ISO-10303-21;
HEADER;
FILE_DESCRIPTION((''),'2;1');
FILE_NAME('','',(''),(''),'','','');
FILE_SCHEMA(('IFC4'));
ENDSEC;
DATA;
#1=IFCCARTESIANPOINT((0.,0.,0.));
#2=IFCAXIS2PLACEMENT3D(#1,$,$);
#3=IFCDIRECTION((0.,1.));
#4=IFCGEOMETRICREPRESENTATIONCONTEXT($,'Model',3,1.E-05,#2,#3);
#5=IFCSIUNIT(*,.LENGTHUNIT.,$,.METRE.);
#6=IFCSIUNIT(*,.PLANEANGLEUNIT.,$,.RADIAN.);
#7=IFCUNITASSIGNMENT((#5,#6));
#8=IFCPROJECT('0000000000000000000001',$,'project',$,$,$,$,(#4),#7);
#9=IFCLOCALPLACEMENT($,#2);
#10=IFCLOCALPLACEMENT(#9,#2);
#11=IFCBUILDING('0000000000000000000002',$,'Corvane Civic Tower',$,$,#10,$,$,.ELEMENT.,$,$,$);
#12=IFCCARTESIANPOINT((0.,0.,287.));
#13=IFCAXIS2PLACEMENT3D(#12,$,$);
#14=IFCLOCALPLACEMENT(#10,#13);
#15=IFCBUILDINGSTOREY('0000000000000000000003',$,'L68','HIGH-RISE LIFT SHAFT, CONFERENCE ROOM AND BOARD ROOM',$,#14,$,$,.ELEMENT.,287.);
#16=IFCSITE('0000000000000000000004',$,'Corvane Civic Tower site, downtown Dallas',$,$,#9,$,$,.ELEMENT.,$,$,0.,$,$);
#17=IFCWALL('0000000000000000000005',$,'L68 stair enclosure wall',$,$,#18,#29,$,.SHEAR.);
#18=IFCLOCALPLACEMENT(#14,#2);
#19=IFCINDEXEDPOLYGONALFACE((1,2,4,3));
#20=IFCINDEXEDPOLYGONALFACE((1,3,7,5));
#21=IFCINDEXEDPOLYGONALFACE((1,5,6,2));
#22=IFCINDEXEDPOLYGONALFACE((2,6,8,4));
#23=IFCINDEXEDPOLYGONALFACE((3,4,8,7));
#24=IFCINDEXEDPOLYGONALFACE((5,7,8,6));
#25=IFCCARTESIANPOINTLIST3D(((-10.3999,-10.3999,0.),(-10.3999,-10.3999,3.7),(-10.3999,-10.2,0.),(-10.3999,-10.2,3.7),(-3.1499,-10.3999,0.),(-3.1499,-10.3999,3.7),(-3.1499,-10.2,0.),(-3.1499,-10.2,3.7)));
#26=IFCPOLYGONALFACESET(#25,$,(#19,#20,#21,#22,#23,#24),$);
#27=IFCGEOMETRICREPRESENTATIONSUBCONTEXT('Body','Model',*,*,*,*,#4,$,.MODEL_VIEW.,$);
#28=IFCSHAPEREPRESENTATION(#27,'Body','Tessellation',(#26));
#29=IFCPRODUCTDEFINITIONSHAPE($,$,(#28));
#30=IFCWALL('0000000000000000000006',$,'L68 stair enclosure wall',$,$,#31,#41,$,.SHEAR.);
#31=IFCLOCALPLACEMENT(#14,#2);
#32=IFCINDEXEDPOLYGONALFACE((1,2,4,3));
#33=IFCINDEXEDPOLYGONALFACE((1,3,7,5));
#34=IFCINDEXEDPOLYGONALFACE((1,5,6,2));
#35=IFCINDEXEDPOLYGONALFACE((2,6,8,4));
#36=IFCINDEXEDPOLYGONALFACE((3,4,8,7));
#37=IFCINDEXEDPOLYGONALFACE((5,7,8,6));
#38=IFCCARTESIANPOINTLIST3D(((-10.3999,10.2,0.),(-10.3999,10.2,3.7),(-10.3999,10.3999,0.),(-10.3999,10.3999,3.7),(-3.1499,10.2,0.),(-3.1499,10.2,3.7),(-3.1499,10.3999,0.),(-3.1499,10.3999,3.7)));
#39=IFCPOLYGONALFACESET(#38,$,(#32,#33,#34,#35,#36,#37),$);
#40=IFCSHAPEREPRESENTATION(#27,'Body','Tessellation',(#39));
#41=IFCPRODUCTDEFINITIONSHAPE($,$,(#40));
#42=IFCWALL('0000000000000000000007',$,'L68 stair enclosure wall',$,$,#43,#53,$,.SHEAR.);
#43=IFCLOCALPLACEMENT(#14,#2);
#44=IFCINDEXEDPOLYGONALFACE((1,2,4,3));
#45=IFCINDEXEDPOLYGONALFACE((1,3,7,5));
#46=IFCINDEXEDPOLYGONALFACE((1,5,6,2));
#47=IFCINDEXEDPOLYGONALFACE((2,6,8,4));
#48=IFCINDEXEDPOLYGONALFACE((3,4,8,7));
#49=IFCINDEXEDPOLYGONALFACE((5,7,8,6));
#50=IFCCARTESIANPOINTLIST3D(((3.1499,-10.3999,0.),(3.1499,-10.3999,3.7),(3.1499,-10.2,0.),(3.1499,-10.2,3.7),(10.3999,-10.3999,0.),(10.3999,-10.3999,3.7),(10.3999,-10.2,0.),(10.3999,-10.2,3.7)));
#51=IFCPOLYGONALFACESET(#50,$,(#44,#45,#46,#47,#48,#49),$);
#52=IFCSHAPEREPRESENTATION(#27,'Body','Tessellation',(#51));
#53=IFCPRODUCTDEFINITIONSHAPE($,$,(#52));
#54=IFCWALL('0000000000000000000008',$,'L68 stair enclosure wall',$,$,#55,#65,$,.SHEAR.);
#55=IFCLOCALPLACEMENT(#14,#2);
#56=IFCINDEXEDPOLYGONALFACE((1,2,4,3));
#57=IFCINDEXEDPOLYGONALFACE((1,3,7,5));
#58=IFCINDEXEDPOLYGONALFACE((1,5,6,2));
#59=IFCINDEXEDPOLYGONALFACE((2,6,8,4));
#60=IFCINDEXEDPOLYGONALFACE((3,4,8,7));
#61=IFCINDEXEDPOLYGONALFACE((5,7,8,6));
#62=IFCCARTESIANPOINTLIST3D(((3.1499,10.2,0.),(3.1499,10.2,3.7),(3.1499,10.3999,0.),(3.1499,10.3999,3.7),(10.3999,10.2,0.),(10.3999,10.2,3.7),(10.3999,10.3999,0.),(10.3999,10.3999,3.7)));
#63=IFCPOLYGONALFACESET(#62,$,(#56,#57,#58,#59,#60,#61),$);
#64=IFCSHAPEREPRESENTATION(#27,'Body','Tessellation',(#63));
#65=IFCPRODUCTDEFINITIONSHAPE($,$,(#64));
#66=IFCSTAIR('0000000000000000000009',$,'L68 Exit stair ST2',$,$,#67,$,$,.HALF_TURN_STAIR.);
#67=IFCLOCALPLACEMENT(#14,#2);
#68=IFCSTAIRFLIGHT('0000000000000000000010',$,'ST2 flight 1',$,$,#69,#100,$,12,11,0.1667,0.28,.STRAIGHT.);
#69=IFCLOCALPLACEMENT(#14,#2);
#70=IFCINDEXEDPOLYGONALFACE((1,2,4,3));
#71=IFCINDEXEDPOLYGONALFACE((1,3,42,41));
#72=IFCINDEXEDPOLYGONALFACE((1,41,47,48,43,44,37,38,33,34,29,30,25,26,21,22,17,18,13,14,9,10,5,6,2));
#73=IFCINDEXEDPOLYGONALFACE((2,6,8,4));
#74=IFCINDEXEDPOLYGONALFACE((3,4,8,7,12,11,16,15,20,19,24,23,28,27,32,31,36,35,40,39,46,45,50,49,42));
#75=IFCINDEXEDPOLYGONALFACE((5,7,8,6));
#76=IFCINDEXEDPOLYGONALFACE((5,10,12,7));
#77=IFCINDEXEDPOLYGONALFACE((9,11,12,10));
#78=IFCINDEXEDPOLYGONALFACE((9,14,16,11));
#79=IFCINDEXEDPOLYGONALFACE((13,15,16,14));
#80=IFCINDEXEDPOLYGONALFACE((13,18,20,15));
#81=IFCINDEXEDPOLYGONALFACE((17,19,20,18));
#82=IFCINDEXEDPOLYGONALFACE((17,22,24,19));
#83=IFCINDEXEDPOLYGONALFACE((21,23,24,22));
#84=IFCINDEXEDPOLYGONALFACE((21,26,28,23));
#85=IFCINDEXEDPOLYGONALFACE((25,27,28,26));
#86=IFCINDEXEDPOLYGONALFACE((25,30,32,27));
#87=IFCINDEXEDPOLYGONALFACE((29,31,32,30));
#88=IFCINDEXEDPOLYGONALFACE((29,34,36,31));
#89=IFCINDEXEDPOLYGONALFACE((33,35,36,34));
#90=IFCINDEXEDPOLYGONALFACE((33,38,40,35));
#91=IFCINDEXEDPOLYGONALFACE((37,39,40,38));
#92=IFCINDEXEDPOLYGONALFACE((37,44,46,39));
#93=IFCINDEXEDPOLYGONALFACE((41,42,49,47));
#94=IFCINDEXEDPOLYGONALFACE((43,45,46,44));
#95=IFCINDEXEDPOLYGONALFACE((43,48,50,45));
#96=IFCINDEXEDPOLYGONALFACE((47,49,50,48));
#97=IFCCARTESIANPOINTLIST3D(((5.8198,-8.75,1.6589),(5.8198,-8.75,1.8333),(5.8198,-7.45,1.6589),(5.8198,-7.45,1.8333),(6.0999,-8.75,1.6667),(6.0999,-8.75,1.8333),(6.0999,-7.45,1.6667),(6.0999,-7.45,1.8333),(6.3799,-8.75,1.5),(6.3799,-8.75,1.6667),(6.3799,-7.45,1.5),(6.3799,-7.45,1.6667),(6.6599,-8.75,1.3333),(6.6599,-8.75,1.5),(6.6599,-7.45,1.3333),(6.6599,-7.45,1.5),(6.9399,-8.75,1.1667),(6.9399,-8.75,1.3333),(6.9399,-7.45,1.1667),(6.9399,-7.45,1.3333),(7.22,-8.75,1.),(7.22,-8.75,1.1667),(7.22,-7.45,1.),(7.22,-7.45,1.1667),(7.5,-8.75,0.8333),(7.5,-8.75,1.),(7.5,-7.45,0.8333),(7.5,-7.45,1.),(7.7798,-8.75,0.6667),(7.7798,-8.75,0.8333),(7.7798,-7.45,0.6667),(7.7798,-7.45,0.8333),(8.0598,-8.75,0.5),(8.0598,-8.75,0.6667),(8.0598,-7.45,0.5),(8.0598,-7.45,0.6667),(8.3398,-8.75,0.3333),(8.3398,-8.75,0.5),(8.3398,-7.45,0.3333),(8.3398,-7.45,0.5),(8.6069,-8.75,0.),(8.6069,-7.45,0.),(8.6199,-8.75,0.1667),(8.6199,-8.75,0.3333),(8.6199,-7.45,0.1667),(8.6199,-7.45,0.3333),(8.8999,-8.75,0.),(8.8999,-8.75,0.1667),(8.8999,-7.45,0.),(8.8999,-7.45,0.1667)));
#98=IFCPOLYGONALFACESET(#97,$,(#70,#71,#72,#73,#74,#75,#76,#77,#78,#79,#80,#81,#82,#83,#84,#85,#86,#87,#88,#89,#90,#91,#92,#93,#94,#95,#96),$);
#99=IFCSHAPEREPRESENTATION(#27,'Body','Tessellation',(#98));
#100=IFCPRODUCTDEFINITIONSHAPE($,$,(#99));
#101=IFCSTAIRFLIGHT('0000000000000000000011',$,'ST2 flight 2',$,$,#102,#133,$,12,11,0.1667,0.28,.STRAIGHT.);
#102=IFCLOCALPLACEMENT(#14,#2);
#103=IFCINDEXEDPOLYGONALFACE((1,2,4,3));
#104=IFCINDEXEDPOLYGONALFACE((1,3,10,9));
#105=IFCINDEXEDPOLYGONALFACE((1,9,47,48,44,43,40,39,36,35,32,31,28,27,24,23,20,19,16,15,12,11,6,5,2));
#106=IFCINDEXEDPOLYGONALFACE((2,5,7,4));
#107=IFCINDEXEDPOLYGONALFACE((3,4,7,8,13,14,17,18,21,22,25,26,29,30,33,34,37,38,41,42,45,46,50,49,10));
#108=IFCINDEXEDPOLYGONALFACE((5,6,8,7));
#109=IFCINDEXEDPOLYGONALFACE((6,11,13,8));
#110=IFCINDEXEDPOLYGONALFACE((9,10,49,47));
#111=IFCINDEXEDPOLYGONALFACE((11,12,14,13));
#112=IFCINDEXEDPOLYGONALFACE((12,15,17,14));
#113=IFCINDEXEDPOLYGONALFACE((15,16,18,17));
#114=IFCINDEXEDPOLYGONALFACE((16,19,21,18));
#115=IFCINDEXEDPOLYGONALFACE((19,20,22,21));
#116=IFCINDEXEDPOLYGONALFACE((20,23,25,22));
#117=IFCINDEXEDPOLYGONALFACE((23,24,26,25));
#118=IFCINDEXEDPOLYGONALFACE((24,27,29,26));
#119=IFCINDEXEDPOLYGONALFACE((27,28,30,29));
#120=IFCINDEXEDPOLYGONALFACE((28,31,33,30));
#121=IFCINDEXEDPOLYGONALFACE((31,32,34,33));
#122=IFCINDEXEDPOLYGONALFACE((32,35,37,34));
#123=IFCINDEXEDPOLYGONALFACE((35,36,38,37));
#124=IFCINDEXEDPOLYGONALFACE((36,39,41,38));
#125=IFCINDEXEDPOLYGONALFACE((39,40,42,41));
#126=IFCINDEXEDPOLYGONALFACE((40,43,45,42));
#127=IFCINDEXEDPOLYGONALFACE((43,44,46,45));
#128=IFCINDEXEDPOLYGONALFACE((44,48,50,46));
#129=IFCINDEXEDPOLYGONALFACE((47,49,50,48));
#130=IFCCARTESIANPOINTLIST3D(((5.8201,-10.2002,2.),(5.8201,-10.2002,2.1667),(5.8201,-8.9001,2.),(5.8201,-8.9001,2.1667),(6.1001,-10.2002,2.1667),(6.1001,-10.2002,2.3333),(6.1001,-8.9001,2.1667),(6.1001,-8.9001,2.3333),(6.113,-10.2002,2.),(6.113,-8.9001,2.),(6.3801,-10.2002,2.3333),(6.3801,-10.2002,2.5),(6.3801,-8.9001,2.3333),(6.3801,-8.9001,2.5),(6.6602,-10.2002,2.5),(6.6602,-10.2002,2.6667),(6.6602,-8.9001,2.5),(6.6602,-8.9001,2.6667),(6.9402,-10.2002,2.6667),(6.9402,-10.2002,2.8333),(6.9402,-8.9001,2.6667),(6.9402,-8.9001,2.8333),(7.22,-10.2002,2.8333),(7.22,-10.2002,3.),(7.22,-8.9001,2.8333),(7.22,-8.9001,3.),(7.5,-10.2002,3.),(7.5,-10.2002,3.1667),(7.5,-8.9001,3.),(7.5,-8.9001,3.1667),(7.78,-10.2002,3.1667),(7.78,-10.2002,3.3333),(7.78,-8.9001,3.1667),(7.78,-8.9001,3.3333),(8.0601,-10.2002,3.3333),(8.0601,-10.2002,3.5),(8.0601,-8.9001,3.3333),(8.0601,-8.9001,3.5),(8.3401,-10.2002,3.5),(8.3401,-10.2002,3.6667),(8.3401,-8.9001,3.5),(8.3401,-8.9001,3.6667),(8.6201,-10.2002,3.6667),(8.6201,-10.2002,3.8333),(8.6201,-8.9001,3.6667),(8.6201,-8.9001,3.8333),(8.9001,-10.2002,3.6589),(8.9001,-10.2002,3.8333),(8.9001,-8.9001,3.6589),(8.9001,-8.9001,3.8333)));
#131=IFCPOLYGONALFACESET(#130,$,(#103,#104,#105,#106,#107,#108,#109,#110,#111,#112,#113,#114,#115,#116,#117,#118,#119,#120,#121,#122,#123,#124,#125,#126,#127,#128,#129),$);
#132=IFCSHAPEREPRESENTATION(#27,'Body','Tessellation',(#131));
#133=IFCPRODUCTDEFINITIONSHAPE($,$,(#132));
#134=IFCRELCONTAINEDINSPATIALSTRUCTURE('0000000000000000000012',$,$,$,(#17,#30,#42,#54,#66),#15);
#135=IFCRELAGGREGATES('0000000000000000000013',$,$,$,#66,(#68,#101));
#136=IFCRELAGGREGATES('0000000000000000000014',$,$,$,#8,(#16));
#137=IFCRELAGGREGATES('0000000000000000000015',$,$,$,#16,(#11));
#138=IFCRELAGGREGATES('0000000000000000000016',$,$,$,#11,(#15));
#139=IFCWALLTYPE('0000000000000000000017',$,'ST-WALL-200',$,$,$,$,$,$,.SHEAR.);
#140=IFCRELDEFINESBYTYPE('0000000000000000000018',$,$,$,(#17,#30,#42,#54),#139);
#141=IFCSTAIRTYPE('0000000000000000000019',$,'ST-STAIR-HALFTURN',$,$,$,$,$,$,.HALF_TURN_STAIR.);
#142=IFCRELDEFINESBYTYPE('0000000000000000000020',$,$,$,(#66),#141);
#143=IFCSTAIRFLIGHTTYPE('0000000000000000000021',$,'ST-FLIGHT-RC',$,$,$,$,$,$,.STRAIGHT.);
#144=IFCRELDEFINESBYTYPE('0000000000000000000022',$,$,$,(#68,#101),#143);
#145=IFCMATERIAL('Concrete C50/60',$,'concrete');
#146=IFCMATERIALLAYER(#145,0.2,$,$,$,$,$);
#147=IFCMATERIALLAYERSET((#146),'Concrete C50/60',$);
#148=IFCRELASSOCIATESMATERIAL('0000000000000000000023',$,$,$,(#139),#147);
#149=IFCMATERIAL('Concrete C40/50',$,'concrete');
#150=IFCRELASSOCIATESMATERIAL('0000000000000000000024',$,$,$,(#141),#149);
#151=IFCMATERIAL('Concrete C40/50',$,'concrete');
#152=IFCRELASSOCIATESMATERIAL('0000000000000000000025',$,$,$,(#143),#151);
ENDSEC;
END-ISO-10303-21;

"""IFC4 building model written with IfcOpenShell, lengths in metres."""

from ifc_helpers import new_model, si_unit, direction, frame, origin, place, context, subcontext, project, spatial, polyline, outline, extrude, material, layer, layer_set, type_object, element, aggregate, save


model = new_model("IFC4")

# Units and contexts
model_context = context("Model", 3, precision=1e-05, world=origin(), true_north=direction((0.0, 1.0)))
body_context = subcontext(model_context, "Body", "Model", "MODEL_VIEW")
ifc_project = project(units=[si_unit("LENGTHUNIT", "METRE"), si_unit("PLANEANGLEUNIT", "RADIAN")], contexts=[model_context])

# Site, building, storey
site_placement = place(None, origin())
site = spatial("IfcSite", under=ifc_project, at=site_placement, Name="Corvane Civic Tower site, downtown Dallas", CompositionType="ELEMENT", RefElevation=0.0)
building_placement = place(site_placement, origin())
building = spatial("IfcBuilding", under=site, at=building_placement, Name="Corvane Civic Tower", CompositionType="ELEMENT")
storey_placement = place(building_placement, frame((0.0, 0.0, 287.0)))
storey = spatial("IfcBuildingStorey", under=building, at=storey_placement, Name="L68", Description="HIGH-RISE LIFT SHAFT, CONFERENCE ROOM AND BOARD ROOM", CompositionType="ELEMENT", Elevation=287.0)

# Shared definitions
ifc_material_1 = material(Name="Concrete C50/60", Category="concrete")
ifc_layer_1 = layer(ifc_material_1, 0.2)
ifc_layer_set_1 = layer_set([ifc_layer_1], Name="Concrete C50/60")
wall_type_1 = type_object("IfcWallType", Name="ST-WALL-200", PredefinedType="SHEAR", material=ifc_layer_set_1)

# Walls
wall_1_placement = place(storey_placement, origin())
element("IfcWall", 1, at=wall_1_placement, inside=storey, type_object=wall_type_1, Name="L68 stair enclosure wall", PredefinedType="SHEAR", context=body_context, shape_type="SweptSolid", body=[
    extrude(outline(polyline([(-3.1499, -10.2), (-3.1499, -10.3999), (-10.3999, -10.3999), (-10.3999, -10.2), (-3.1499, -10.2)])), origin(), (0.0, 0.0, 1.0), 3.7),
])
wall_2_placement = place(storey_placement, origin())
element("IfcWall", 2, at=wall_2_placement, inside=storey, type_object=wall_type_1, Name="L68 stair enclosure wall", PredefinedType="SHEAR", context=body_context, shape_type="SweptSolid", body=[
    extrude(outline(polyline([(-3.1499, 10.2), (-10.3999, 10.2), (-10.3999, 10.3999), (-3.1499, 10.3999), (-3.1499, 10.2)])), origin(), (0.0, 0.0, 1.0), 3.7),
])
wall_3_placement = place(storey_placement, origin())
element("IfcWall", 3, at=wall_3_placement, inside=storey, type_object=wall_type_1, Name="L68 stair enclosure wall", PredefinedType="SHEAR", context=body_context, shape_type="SweptSolid", body=[
    extrude(outline(polyline([(10.3999, -10.3999), (3.1499, -10.3999), (3.1499, -10.2), (10.3999, -10.2), (10.3999, -10.3999)])), origin(), (0.0, 0.0, 1.0), 3.7),
])
wall_4_placement = place(storey_placement, origin())
element("IfcWall", 4, at=wall_4_placement, inside=storey, type_object=wall_type_1, Name="L68 stair enclosure wall", PredefinedType="SHEAR", context=body_context, shape_type="SweptSolid", body=[
    extrude(outline(polyline([(10.3999, 10.2), (3.1499, 10.2), (3.1499, 10.3999), (10.3999, 10.3999), (10.3999, 10.2)])), origin(), (0.0, 0.0, 1.0), 3.7),
])

# Stair, stair flights
ifc_material_2 = material(Name="Concrete C40/50", Category="concrete")
stair_type = type_object("IfcStairType", Name="ST-STAIR-HALFTURN", PredefinedType="HALF_TURN_STAIR", material=ifc_material_2)
stair_placement = place(storey_placement, origin())
stair = element("IfcStair", 5, at=stair_placement, inside=storey, type_object=stair_type, Name="L68 Exit stair ST2", PredefinedType="HALF_TURN_STAIR")
ifc_material_3 = material(Name="Concrete C40/50", Category="concrete")
stair_flight_type = type_object("IfcStairFlightType", Name="ST-FLIGHT-RC", PredefinedType="STRAIGHT", material=ifc_material_3)
stair_flight_1_placement = place(storey_placement, frame((8.8999, -8.1001, 0.0), z_axis=(0.0, 0.0, 1.0), x_axis=(-1.0, 0.0, 0.0)))
stair_flight_1 = element("IfcStairFlight", 6, at=stair_flight_1_placement, type_object=stair_flight_type, Name="ST2 flight 1", NumberOfRisers=12, NumberOfTreads=11, PredefinedType="STRAIGHT", RiserHeight=0.1667, TreadLength=0.28, context=body_context, shape_type="SweptSolid", body=[
    extrude(outline(polyline([(0.0, 0.0), (0.0, 0.1667), (0.28, 0.1667), (0.28, 0.3333), (0.5601, 0.3333), (0.5601, 0.5), (0.8401, 0.5), (0.8401, 0.6667), (1.1201, 0.6667), (1.1201, 0.8333), (1.3999, 0.8333), (1.3999, 1.0), (1.6799, 1.0), (1.6799, 1.1667), (1.96, 1.1667), (1.96, 1.3333), (2.24, 1.3333), (2.24, 1.5), (2.52, 1.5), (2.52, 1.6667), (2.8, 1.6667), (2.8, 1.8333), (3.0801, 1.8333), (3.0801, 2.0), (3.0801, 1.6589), (0.293, 0.0), (0.0, 0.0)])), frame((0.0, 0.6499, 0.0), z_axis=(0.0, -1.0, 0.0), x_axis=(1.0, 0.0, 0.0)), (0.0, 0.0, 1.0), 1.3),
])
stair_flight_2_placement = place(storey_placement, frame((5.8201, -9.55, 2.0), z_axis=(0.0, 0.0, 1.0), x_axis=(1.0, 0.0, 0.0)))
stair_flight_2 = element("IfcStairFlight", 7, at=stair_flight_2_placement, type_object=stair_flight_type, Name="ST2 flight 2", NumberOfRisers=12, NumberOfTreads=11, PredefinedType="STRAIGHT", RiserHeight=0.1667, TreadLength=0.28, context=body_context, shape_type="SweptSolid", body=[
    extrude(outline(polyline([(0.0, 0.0), (0.0, 0.1667), (0.28, 0.1667), (0.28, 0.3333), (0.5601, 0.3333), (0.5601, 0.5), (0.8401, 0.5), (0.8401, 0.6667), (1.1201, 0.6667), (1.1201, 0.8333), (1.3999, 0.8333), (1.3999, 1.0), (1.6799, 1.0), (1.6799, 1.1667), (1.96, 1.1667), (1.96, 1.3333), (2.24, 1.3333), (2.24, 1.5), (2.52, 1.5), (2.52, 1.6667), (2.8, 1.6667), (2.8, 1.8333), (3.0801, 1.8333), (3.0801, 2.0), (3.0801, 1.6589), (0.293, 0.0), (0.0, 0.0)])), frame((0.0, 0.6499, 0.0), z_axis=(0.0, -1.0, 0.0), x_axis=(1.0, 0.0, 0.0)), (0.0, 0.0, 1.0), 1.3),
])
aggregate(stair, [stair_flight_1, stair_flight_2])

save(model, "model.ifc")
